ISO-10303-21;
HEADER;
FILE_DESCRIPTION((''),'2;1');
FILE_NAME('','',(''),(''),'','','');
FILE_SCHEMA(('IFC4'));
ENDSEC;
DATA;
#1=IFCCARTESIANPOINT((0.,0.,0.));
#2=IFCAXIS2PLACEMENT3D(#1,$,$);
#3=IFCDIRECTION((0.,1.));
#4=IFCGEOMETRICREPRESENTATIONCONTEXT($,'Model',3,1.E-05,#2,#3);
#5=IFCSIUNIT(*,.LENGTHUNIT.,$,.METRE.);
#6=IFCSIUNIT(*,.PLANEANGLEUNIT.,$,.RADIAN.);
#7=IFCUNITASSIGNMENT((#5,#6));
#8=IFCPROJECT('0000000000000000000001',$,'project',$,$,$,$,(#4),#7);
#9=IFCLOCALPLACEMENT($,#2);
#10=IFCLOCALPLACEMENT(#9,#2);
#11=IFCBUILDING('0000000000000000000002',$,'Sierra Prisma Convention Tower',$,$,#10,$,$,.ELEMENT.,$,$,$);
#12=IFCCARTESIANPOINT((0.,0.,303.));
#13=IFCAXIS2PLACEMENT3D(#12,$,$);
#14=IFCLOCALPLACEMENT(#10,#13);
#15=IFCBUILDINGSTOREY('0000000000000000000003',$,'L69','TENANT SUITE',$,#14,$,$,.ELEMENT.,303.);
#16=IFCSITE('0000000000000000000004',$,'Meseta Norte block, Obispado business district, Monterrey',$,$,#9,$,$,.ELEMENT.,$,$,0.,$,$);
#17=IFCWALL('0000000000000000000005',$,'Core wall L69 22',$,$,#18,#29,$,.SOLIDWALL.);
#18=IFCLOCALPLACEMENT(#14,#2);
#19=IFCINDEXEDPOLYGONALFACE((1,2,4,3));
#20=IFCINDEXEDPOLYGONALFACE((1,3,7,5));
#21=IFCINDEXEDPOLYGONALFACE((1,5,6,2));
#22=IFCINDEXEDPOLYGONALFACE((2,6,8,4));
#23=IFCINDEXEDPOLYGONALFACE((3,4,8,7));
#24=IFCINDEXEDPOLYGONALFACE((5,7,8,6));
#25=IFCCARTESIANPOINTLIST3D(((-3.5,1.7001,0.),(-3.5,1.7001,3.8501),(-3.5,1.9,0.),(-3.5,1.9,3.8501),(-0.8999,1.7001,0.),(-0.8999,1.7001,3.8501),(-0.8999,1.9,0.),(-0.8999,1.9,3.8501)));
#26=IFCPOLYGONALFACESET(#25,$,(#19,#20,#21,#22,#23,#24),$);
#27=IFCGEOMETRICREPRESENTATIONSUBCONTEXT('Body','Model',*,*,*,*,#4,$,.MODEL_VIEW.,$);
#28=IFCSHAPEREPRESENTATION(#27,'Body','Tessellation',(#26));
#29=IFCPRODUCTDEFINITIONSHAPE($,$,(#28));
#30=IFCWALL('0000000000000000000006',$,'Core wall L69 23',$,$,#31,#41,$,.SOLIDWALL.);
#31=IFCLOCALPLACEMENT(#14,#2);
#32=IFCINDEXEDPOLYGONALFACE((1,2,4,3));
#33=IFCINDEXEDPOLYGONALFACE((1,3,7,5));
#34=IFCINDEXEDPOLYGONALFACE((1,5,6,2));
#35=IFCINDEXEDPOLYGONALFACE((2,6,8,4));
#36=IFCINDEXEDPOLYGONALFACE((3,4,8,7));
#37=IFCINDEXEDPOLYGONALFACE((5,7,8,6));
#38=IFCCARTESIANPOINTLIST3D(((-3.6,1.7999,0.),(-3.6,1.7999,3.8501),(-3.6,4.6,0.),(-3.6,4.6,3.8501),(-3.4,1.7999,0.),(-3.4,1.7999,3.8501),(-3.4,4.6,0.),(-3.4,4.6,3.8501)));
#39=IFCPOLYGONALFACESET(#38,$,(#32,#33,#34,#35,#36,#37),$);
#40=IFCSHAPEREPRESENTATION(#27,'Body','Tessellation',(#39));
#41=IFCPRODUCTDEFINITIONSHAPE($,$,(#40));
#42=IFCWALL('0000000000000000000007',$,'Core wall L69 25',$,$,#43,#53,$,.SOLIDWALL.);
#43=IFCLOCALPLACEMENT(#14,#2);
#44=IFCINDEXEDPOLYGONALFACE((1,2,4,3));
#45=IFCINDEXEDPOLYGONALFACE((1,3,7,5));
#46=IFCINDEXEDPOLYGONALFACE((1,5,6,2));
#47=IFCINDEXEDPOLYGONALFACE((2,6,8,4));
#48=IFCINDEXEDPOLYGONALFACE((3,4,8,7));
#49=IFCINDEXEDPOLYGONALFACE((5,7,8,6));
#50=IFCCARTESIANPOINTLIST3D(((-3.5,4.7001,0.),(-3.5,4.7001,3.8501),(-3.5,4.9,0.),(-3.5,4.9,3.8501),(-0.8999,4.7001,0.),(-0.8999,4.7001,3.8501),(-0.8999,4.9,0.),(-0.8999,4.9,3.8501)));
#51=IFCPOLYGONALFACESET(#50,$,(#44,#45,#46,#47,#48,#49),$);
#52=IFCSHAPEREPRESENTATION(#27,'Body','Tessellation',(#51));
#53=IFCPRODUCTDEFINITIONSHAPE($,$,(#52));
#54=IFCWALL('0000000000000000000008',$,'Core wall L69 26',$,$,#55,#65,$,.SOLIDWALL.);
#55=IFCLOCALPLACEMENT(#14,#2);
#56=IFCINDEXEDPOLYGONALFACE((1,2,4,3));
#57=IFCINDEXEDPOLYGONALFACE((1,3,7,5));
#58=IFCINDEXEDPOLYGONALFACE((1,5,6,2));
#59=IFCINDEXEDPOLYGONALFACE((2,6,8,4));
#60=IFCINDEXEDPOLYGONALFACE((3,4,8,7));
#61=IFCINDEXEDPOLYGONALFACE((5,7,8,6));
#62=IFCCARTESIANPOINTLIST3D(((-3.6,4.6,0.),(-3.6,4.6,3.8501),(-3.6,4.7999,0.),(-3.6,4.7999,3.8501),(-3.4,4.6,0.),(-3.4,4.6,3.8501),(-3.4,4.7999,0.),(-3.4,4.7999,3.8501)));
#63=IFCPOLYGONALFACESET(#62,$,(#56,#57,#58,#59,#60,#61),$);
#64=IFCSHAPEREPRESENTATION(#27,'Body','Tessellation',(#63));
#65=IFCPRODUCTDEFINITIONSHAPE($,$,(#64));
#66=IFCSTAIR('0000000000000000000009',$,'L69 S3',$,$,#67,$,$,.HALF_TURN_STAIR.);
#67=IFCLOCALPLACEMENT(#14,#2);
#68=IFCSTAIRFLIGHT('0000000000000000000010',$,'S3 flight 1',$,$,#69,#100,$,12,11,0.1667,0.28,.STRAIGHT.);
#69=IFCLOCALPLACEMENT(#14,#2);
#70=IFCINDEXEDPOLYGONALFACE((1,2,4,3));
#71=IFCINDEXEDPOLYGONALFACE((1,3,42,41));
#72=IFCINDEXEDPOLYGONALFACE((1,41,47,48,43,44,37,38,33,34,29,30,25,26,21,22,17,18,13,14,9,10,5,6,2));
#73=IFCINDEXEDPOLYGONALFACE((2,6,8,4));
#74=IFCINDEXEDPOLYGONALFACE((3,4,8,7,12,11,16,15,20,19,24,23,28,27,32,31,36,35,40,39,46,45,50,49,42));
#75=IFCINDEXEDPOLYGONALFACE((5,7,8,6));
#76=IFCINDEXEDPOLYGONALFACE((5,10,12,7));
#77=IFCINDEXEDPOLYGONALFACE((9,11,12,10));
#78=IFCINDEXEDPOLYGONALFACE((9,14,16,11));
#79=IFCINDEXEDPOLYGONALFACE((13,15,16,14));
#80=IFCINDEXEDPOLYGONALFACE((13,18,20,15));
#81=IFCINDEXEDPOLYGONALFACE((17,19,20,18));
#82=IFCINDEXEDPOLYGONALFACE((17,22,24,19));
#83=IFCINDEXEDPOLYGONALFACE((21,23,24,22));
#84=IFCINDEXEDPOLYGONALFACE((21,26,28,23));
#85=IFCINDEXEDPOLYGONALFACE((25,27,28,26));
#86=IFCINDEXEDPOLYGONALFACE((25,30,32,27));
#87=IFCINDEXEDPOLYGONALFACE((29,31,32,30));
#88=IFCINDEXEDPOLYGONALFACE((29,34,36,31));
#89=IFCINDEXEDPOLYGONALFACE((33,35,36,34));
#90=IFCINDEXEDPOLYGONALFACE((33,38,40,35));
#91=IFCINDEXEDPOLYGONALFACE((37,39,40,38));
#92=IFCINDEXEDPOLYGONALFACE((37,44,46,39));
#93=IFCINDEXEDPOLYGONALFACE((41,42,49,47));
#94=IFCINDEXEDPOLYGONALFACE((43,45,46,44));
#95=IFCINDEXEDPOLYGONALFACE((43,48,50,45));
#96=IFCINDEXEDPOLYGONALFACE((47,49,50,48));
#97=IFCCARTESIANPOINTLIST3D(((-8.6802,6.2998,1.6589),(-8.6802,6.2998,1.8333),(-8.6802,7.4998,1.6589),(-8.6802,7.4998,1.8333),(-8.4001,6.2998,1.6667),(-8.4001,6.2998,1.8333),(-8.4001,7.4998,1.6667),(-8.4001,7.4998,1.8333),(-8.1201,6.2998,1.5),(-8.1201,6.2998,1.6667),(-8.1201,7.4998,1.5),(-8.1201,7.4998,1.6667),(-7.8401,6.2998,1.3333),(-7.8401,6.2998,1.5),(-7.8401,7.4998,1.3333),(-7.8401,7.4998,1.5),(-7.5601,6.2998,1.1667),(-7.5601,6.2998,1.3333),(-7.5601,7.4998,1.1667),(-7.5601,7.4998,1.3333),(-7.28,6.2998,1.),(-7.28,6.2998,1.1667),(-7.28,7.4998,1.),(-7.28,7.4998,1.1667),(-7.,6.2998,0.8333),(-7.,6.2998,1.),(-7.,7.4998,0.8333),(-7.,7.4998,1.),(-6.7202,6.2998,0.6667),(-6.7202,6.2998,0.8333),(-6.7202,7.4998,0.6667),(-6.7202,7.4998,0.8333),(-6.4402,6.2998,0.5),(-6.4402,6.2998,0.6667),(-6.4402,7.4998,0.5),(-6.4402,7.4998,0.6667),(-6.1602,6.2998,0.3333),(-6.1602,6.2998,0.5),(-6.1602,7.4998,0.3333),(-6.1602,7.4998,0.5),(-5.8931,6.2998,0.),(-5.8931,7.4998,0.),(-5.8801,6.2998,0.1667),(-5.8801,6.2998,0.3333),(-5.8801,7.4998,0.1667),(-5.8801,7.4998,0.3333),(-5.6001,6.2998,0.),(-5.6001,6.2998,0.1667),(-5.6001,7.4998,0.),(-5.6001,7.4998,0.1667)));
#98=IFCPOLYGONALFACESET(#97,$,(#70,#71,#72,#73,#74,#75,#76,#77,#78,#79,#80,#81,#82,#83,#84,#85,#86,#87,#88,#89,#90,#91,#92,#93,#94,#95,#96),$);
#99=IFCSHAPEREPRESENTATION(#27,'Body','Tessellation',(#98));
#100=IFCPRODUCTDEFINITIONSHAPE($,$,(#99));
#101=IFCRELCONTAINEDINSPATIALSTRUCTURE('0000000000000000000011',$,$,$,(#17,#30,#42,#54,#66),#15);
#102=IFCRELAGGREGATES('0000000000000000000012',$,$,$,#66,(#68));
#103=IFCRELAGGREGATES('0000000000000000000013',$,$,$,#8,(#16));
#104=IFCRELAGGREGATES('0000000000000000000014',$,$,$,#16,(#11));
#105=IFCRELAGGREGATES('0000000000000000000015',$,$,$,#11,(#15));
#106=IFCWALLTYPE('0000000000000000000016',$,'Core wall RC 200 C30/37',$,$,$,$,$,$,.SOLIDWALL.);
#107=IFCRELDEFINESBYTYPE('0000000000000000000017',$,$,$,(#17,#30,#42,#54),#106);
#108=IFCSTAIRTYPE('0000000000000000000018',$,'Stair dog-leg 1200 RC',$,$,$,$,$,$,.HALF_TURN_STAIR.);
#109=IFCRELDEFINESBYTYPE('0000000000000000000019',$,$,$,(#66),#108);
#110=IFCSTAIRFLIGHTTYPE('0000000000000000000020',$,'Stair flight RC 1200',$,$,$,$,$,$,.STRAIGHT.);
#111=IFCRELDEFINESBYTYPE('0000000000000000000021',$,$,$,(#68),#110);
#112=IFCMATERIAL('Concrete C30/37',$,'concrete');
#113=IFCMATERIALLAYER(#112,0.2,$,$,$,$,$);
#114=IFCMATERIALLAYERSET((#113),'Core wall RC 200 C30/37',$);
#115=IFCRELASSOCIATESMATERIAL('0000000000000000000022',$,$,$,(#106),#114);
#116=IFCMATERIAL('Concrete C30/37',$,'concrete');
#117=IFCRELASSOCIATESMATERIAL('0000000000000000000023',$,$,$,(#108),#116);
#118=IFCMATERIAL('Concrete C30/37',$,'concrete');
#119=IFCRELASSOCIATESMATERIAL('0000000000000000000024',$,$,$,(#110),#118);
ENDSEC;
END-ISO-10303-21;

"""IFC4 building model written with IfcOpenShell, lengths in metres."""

from ifc_helpers import new_model, si_unit, direction, frame, frame_2d, origin, place, context, subcontext, project, spatial, polyline, rectangle, outline, extrude, material, layer, layer_set, type_object, element, aggregate, save


model = new_model("IFC4")

# Units and contexts
model_context = context("Model", 3, precision=1e-05, world=origin(), true_north=direction((0.0, 1.0)))
body_context = subcontext(model_context, "Body", "Model", "MODEL_VIEW")
ifc_project = project(units=[si_unit("LENGTHUNIT", "METRE"), si_unit("PLANEANGLEUNIT", "RADIAN")], contexts=[model_context])

# Site, building, storey
site_placement = place(None, origin())
site = spatial("IfcSite", under=ifc_project, at=site_placement, Name="Meseta Norte block, Obispado business district, Monterrey", CompositionType="ELEMENT", RefElevation=0.0)
building_placement = place(site_placement, origin())
building = spatial("IfcBuilding", under=site, at=building_placement, Name="Sierra Prisma Convention Tower", CompositionType="ELEMENT")
storey_placement = place(building_placement, frame((0.0, 0.0, 303.0)))
storey = spatial("IfcBuildingStorey", under=building, at=storey_placement, Name="L69", Description="TENANT SUITE", CompositionType="ELEMENT", Elevation=303.0)

# Shared definitions
ifc_material_1 = material(Name="Concrete C30/37", Category="concrete")
ifc_layer_1 = layer(ifc_material_1, 0.2)
ifc_layer_set_1 = layer_set([ifc_layer_1], Name="Core wall RC 200 C30/37")
wall_type = type_object("IfcWallType", Name="Core wall RC 200 C30/37", PredefinedType="SOLIDWALL", material=ifc_layer_set_1)

# Walls
wall_1_placement = place(storey_placement, frame((-0.8999, 1.8, 0.0), z_axis=(0.0, 0.0, 1.0), x_axis=(-1.0, 0.0, 0.0)))
element("IfcWall", 1, at=wall_1_placement, inside=storey, type_object=wall_type, Name="Core wall L69 22", PredefinedType="SOLIDWALL", context=body_context, shape_type="SweptSolid", body=[
    extrude(rectangle(XDim=2.6001, YDim=0.2, at=frame_2d((1.3, 0.0))), origin(), (0.0, 0.0, 1.0), 3.8501),
])
wall_2_placement = place(storey_placement, frame((-3.5, 1.8, 0.0), z_axis=(0.0, 0.0, 1.0), x_axis=(0.0, 1.0, 0.0)))
element("IfcWall", 2, at=wall_2_placement, inside=storey, type_object=wall_type, Name="Core wall L69 23", PredefinedType="SOLIDWALL", context=body_context, shape_type="SweptSolid", body=[
    extrude(rectangle(XDim=2.8, YDim=0.2, at=frame_2d((1.3999, 0.0))), origin(), (0.0, 0.0, 1.0), 3.8501),
])

# Walls
wall_3_placement = place(storey_placement, frame((-0.8999, 4.8, 0.0), z_axis=(0.0, 0.0, 1.0), x_axis=(-1.0, 0.0, 0.0)))
element("IfcWall", 3, at=wall_3_placement, inside=storey, type_object=wall_type, Name="Core wall L69 25", PredefinedType="SOLIDWALL", context=body_context, shape_type="SweptSolid", body=[
    extrude(rectangle(XDim=2.6001, YDim=0.2, at=frame_2d((1.3, 0.0))), origin(), (0.0, 0.0, 1.0), 3.8501),
])
wall_4_placement = place(storey_placement, frame((-3.5, 4.8, 0.0), z_axis=(0.0, 0.0, 1.0), x_axis=(0.0, -1.0, 0.0)))
element("IfcWall", 4, at=wall_4_placement, inside=storey, type_object=wall_type, Name="Core wall L69 26", PredefinedType="SOLIDWALL", context=body_context, shape_type="SweptSolid", body=[
    extrude(rectangle(XDim=0.2, YDim=0.2, at=frame_2d((0.1001, 0.0))), origin(), (0.0, 0.0, 1.0), 3.8501),
])

# Stair, stair flight
ifc_material_2 = material(Name="Concrete C30/37", Category="concrete")
stair_type = type_object("IfcStairType", Name="Stair dog-leg 1200 RC", PredefinedType="HALF_TURN_STAIR", material=ifc_material_2)
stair_placement = place(storey_placement, origin())
stair = element("IfcStair", 5, at=stair_placement, inside=storey, type_object=stair_type, Name="L69 S3", PredefinedType="HALF_TURN_STAIR")
ifc_material_3 = material(Name="Concrete C30/37", Category="concrete")
stair_flight_type = type_object("IfcStairFlightType", Name="Stair flight RC 1200", PredefinedType="STRAIGHT", material=ifc_material_3)
stair_flight_placement = place(storey_placement, frame((-5.6001, 6.8999, 0.0), z_axis=(0.0, 0.0, 1.0), x_axis=(-1.0, 0.0, 0.0)))
stair_flight = element("IfcStairFlight", 6, at=stair_flight_placement, type_object=stair_flight_type, Name="S3 flight 1", NumberOfRisers=12, NumberOfTreads=11, PredefinedType="STRAIGHT", RiserHeight=0.1667, TreadLength=0.28, context=body_context, shape_type="SweptSolid", body=[
    extrude(outline(polyline([(0.0, 0.0), (0.0, 0.1667), (0.28, 0.1667), (0.28, 0.3333), (0.5601, 0.3333), (0.5601, 0.5), (0.8401, 0.5), (0.8401, 0.6667), (1.1201, 0.6667), (1.1201, 0.8333), (1.3999, 0.8333), (1.3999, 1.0), (1.6799, 1.0), (1.6799, 1.1667), (1.96, 1.1667), (1.96, 1.3333), (2.24, 1.3333), (2.24, 1.5), (2.52, 1.5), (2.52, 1.6667), (2.8, 1.6667), (2.8, 1.8333), (3.0801, 1.8333), (3.0801, 2.0), (3.0801, 1.6589), (0.293, 0.0), (0.0, 0.0)])), frame((0.0, 0.6001, 0.0), z_axis=(0.0, -1.0, 0.0), x_axis=(1.0, 0.0, 0.0)), (0.0, 0.0, 1.0), 1.2),
])
aggregate(stair, [stair_flight])

save(model, "model.ifc")
